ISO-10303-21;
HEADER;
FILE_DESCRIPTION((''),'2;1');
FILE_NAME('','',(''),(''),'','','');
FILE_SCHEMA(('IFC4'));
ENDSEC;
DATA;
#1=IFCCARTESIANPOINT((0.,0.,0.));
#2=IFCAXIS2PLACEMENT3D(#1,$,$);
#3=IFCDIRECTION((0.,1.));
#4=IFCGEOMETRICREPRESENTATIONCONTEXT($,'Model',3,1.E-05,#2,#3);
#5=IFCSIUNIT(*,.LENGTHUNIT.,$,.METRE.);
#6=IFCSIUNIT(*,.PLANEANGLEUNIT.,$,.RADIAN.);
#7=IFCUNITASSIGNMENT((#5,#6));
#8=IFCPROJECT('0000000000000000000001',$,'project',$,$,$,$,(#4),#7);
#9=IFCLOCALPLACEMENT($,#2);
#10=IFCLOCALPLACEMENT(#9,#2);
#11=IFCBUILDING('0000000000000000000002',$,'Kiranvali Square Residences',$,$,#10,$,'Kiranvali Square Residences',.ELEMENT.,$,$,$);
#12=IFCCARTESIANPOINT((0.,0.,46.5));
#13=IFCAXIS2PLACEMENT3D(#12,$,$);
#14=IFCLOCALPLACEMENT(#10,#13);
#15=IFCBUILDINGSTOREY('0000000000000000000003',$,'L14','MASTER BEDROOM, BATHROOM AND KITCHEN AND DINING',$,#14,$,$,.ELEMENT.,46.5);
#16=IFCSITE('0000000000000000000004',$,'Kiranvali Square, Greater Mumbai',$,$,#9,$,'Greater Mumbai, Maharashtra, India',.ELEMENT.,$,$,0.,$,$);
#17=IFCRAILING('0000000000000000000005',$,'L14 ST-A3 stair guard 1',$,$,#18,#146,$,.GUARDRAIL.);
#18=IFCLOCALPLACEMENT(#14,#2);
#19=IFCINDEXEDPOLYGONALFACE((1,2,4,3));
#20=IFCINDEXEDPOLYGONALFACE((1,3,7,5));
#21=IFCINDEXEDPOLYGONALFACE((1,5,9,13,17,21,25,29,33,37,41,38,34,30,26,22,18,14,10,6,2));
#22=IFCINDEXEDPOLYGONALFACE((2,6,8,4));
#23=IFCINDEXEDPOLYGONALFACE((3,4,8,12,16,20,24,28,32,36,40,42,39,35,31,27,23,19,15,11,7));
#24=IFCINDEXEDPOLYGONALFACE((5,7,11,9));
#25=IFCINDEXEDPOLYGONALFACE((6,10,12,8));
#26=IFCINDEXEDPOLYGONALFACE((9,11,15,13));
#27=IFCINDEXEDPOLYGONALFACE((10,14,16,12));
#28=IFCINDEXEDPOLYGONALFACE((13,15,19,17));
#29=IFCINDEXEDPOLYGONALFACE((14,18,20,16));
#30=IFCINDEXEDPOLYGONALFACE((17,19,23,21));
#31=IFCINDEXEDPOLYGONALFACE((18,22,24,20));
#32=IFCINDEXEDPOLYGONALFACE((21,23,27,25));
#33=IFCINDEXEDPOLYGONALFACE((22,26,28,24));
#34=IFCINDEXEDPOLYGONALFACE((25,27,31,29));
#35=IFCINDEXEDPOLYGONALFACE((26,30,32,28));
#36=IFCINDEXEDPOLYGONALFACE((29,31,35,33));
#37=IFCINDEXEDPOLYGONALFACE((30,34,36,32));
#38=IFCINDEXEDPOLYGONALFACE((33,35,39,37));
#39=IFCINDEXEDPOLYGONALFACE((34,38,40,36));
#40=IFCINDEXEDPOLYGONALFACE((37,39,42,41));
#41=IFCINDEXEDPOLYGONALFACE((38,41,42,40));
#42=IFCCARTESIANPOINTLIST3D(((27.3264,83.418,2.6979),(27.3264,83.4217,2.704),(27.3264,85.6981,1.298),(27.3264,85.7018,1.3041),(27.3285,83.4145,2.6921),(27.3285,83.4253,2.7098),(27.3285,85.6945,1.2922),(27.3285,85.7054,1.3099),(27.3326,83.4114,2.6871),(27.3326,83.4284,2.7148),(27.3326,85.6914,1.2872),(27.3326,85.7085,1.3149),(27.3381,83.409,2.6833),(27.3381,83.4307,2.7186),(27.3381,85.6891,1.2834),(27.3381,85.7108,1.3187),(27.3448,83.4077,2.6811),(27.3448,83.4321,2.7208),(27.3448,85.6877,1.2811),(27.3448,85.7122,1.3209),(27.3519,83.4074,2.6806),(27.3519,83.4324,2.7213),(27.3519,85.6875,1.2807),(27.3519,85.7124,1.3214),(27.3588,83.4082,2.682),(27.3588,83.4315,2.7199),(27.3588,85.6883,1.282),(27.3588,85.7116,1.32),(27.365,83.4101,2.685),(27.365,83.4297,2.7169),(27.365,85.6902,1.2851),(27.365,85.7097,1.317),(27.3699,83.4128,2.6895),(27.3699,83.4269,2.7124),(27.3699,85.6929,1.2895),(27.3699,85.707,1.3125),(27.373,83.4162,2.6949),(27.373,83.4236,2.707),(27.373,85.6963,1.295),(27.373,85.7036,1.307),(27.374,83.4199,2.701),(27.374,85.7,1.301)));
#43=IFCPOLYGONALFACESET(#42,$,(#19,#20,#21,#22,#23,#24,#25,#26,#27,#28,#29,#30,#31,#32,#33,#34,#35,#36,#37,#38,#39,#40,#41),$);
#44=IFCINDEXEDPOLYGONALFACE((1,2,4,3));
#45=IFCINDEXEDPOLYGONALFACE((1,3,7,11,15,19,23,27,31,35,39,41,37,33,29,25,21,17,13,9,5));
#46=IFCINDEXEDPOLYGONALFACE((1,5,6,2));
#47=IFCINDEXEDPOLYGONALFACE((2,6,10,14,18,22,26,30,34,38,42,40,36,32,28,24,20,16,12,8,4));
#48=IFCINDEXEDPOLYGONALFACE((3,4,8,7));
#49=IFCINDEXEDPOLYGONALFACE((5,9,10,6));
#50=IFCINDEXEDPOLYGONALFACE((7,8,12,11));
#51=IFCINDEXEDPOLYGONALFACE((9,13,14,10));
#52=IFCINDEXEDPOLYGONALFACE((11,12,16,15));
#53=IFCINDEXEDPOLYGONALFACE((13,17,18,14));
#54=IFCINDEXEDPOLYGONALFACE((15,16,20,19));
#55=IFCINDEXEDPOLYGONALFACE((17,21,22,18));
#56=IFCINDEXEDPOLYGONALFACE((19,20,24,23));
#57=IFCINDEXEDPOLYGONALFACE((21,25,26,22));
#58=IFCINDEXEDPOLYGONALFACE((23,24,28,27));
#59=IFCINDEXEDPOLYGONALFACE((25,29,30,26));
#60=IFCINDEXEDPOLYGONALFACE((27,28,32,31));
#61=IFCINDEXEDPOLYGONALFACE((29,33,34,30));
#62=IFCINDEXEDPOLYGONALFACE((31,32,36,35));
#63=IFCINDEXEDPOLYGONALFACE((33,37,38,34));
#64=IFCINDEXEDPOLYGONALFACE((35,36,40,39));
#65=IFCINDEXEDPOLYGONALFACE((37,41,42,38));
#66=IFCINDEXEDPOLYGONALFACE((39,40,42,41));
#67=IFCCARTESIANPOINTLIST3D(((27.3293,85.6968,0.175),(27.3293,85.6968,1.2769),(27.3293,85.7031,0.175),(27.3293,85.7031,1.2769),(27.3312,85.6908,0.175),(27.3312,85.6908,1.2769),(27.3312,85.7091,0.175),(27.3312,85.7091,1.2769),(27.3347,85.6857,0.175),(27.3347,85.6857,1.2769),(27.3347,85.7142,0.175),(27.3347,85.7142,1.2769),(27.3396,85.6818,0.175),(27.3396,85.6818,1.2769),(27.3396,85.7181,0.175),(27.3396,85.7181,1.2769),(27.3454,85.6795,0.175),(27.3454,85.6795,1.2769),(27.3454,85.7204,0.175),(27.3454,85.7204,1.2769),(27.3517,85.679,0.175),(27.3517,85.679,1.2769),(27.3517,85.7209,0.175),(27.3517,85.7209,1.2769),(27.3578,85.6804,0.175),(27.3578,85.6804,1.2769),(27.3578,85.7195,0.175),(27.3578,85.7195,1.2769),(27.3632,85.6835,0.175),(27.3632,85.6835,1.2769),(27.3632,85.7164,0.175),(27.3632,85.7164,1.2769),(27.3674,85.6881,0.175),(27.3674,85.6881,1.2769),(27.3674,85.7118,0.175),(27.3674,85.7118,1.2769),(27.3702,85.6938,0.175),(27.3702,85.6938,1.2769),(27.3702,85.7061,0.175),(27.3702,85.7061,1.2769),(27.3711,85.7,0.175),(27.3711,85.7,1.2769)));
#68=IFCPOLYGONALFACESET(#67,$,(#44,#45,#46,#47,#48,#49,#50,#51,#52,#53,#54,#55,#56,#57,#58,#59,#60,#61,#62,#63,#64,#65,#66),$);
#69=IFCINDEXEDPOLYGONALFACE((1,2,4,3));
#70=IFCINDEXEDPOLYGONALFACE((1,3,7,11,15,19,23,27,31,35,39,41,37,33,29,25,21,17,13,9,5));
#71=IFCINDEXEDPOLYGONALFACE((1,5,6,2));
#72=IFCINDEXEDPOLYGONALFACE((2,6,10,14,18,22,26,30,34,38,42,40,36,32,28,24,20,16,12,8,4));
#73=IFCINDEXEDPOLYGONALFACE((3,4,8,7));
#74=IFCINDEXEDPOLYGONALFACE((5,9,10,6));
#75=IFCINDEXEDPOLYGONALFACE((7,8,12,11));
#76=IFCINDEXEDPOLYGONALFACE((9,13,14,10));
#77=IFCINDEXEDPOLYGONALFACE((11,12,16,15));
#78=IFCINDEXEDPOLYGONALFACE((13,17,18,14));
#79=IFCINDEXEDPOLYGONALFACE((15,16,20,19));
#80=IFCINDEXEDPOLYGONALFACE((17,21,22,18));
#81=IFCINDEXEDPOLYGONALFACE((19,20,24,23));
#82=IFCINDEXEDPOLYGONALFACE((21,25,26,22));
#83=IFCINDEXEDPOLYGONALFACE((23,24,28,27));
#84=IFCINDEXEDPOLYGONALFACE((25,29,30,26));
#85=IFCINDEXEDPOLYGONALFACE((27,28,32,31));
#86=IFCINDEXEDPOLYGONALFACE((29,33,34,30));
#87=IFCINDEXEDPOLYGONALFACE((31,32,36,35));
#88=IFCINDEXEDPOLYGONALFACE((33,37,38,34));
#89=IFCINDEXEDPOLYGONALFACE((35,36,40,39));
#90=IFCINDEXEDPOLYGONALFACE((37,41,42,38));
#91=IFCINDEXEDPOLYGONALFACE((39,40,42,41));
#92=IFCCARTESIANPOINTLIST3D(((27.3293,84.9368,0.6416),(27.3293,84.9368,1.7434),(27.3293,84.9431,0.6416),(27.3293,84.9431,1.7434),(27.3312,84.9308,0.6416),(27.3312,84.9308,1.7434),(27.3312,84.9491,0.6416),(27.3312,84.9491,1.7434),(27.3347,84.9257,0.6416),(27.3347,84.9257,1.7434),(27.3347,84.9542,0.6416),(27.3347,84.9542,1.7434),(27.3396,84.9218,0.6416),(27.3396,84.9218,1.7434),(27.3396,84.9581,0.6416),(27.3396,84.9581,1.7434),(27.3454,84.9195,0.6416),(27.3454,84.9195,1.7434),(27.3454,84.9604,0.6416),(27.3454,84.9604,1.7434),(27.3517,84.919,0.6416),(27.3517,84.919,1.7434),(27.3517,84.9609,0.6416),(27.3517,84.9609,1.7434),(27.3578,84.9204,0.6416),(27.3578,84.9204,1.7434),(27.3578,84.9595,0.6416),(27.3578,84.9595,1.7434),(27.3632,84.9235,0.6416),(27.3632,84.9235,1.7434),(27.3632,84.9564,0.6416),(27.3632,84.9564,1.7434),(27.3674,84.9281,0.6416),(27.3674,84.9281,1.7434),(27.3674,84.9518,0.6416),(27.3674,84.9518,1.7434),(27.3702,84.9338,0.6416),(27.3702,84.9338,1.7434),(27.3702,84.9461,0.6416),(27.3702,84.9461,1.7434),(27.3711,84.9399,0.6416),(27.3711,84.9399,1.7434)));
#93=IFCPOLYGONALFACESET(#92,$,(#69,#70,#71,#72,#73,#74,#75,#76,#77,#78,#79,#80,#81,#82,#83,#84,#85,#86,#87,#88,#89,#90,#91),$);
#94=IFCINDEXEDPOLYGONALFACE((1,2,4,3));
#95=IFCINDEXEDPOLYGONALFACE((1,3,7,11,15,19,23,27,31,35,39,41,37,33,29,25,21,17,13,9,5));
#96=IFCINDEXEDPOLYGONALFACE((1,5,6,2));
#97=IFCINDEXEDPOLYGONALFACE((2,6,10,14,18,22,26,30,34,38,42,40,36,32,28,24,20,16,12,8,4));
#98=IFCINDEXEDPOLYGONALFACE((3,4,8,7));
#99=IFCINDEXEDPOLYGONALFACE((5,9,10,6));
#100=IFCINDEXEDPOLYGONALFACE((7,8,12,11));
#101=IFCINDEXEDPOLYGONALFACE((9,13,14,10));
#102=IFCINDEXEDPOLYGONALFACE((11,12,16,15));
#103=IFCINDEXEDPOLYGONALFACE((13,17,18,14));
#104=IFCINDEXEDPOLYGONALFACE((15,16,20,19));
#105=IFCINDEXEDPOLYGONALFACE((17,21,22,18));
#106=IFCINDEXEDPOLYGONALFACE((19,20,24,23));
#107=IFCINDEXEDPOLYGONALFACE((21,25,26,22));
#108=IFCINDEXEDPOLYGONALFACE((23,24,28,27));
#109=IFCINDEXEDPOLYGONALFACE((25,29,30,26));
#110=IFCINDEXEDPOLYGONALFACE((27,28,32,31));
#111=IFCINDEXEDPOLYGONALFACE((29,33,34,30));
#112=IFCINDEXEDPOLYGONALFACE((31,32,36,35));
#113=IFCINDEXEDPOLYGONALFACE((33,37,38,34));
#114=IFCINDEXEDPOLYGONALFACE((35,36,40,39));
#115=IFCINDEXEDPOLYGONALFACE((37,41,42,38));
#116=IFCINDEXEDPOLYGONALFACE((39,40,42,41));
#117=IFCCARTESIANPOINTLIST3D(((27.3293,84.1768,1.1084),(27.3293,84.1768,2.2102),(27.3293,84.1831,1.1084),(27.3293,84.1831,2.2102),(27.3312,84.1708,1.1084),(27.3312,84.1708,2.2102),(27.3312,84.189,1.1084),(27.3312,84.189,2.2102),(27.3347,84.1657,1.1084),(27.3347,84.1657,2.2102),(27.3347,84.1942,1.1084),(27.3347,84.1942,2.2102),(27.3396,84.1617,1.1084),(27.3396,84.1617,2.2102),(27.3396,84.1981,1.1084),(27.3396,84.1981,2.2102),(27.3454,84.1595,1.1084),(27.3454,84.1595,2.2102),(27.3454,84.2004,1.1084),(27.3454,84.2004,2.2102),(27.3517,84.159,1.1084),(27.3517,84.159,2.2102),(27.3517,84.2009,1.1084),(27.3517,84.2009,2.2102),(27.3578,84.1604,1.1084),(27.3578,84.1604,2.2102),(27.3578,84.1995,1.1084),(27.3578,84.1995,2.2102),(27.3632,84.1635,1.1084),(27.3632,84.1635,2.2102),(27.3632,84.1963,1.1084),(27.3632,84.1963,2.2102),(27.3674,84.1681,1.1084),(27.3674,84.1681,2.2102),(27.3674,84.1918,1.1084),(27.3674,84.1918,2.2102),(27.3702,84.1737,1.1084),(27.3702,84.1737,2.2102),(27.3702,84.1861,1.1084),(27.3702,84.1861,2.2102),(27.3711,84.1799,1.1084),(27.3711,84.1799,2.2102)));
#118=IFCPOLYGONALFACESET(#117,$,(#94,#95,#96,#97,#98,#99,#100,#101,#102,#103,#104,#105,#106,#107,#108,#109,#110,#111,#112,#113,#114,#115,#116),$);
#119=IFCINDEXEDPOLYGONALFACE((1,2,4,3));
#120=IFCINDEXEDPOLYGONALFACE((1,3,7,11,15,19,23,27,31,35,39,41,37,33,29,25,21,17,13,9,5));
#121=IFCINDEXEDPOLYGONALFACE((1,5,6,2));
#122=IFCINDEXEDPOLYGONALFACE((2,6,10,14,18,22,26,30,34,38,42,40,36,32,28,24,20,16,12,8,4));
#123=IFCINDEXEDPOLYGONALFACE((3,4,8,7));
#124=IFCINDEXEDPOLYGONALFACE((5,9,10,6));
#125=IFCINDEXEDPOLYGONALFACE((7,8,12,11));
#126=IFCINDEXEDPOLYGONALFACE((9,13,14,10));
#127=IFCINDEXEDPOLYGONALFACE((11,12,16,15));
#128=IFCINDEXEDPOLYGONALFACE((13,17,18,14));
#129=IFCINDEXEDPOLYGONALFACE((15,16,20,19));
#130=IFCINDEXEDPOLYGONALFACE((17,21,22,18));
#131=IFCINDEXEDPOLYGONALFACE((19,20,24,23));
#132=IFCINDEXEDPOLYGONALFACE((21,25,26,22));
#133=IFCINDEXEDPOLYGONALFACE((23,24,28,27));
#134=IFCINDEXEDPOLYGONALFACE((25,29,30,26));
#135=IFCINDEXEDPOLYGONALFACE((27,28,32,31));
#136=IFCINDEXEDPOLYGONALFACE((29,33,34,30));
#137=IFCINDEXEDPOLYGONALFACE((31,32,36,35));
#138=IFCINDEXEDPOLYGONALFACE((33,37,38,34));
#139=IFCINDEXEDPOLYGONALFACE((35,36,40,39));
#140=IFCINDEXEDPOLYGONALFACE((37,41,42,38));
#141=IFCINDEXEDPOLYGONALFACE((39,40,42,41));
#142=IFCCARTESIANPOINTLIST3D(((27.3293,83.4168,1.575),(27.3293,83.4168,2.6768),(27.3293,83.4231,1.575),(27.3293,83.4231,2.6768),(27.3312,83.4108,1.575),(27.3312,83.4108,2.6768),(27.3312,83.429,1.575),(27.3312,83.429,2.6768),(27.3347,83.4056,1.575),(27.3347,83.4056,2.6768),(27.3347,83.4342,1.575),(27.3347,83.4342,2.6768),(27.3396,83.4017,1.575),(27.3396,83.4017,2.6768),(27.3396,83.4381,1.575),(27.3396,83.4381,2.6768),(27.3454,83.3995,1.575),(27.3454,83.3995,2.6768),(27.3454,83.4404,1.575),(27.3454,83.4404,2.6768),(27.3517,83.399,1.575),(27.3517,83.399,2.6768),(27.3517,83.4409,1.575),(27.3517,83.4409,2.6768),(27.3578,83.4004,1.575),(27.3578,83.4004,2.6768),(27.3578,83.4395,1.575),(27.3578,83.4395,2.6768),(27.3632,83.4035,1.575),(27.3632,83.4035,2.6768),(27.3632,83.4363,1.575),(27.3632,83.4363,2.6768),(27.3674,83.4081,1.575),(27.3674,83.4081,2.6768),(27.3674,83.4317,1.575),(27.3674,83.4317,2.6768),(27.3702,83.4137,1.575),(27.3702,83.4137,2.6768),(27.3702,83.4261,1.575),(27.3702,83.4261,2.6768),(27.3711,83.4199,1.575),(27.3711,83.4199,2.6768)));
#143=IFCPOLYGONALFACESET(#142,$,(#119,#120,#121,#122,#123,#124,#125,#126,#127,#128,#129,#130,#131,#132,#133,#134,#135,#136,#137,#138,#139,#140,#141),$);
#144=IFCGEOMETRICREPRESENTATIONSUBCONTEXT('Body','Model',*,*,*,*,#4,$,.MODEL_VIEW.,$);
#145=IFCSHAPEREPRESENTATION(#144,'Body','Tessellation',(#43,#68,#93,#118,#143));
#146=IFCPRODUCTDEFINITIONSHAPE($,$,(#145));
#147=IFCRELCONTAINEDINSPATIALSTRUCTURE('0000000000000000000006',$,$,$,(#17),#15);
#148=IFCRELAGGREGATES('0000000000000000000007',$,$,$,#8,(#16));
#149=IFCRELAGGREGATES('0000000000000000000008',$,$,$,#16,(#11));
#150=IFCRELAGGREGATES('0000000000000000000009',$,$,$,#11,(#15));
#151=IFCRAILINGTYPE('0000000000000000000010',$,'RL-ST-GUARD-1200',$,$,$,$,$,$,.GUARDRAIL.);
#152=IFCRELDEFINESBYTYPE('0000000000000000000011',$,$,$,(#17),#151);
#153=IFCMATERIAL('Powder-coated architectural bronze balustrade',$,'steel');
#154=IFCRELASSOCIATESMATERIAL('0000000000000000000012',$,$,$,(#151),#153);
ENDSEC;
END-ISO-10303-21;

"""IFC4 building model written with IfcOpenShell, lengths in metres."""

from ifc_helpers import new_model, si_unit, direction, frame, origin, origin_2d, place, context, subcontext, project, spatial, circle, extrude, material, type_object, element, save


model = new_model("IFC4")

# Units and contexts
model_context = context("Model", 3, precision=1e-05, world=origin(), true_north=direction((0.0, 1.0)))
body_context = subcontext(model_context, "Body", "Model", "MODEL_VIEW")
ifc_project = project(units=[si_unit("LENGTHUNIT", "METRE"), si_unit("PLANEANGLEUNIT", "RADIAN")], contexts=[model_context])

# Site, building, storey
site_placement = place(None, origin())
site = spatial("IfcSite", under=ifc_project, at=site_placement, Name="Kiranvali Square, Greater Mumbai", LongName="Greater Mumbai, Maharashtra, India", CompositionType="ELEMENT", RefElevation=0.0)
building_placement = place(site_placement, origin())
building = spatial("IfcBuilding", under=site, at=building_placement, Name="Kiranvali Square Residences", LongName="Kiranvali Square Residences", CompositionType="ELEMENT")
storey_placement = place(building_placement, frame((0.0, 0.0, 46.5)))
storey = spatial("IfcBuildingStorey", under=building, at=storey_placement, Name="L14", Description="MASTER BEDROOM, BATHROOM AND KITCHEN AND DINING", CompositionType="ELEMENT", Elevation=46.5)

# Railing
ifc_material_1 = material(Name="Powder-coated architectural bronze balustrade", Category="steel")
railing_type_1 = type_object("IfcRailingType", Name="RL-ST-GUARD-1200", PredefinedType="GUARDRAIL", material=ifc_material_1)
railing_1_placement = place(storey_placement, frame((27.3501, 85.7, 0.175)))
element("IfcRailing", 1, at=railing_1_placement, inside=storey, type_object=railing_type_1, Name="L14 ST-A3 stair guard 1", PredefinedType="GUARDRAIL", context=body_context, shape_type="SweptSolid", body=[
    extrude(circle(Radius=0.0239, at=origin_2d()), frame((0.0, 0.0, 1.126), z_axis=(0.0, -0.85219, 0.523232), x_axis=(1.0, 0.0, 0.0)), (0.0, 0.0, 1.0), 2.6755),
    extrude(circle(Radius=0.021, at=origin_2d()), origin(), (0.0, 0.0, 1.0), 1.1018),
    extrude(circle(Radius=0.021, at=origin_2d()), frame((0.0, -0.76, 0.4666)), (0.0, 0.0, 1.0), 1.1018),
    extrude(circle(Radius=0.021, at=origin_2d()), frame((0.0, -1.52, 0.9333)), (0.0, 0.0, 1.0), 1.1018),
    extrude(circle(Radius=0.021, at=origin_2d()), frame((0.0, -2.28, 1.3999)), (0.0, 0.0, 1.0), 1.1018),
])

save(model, "model.ifc")
